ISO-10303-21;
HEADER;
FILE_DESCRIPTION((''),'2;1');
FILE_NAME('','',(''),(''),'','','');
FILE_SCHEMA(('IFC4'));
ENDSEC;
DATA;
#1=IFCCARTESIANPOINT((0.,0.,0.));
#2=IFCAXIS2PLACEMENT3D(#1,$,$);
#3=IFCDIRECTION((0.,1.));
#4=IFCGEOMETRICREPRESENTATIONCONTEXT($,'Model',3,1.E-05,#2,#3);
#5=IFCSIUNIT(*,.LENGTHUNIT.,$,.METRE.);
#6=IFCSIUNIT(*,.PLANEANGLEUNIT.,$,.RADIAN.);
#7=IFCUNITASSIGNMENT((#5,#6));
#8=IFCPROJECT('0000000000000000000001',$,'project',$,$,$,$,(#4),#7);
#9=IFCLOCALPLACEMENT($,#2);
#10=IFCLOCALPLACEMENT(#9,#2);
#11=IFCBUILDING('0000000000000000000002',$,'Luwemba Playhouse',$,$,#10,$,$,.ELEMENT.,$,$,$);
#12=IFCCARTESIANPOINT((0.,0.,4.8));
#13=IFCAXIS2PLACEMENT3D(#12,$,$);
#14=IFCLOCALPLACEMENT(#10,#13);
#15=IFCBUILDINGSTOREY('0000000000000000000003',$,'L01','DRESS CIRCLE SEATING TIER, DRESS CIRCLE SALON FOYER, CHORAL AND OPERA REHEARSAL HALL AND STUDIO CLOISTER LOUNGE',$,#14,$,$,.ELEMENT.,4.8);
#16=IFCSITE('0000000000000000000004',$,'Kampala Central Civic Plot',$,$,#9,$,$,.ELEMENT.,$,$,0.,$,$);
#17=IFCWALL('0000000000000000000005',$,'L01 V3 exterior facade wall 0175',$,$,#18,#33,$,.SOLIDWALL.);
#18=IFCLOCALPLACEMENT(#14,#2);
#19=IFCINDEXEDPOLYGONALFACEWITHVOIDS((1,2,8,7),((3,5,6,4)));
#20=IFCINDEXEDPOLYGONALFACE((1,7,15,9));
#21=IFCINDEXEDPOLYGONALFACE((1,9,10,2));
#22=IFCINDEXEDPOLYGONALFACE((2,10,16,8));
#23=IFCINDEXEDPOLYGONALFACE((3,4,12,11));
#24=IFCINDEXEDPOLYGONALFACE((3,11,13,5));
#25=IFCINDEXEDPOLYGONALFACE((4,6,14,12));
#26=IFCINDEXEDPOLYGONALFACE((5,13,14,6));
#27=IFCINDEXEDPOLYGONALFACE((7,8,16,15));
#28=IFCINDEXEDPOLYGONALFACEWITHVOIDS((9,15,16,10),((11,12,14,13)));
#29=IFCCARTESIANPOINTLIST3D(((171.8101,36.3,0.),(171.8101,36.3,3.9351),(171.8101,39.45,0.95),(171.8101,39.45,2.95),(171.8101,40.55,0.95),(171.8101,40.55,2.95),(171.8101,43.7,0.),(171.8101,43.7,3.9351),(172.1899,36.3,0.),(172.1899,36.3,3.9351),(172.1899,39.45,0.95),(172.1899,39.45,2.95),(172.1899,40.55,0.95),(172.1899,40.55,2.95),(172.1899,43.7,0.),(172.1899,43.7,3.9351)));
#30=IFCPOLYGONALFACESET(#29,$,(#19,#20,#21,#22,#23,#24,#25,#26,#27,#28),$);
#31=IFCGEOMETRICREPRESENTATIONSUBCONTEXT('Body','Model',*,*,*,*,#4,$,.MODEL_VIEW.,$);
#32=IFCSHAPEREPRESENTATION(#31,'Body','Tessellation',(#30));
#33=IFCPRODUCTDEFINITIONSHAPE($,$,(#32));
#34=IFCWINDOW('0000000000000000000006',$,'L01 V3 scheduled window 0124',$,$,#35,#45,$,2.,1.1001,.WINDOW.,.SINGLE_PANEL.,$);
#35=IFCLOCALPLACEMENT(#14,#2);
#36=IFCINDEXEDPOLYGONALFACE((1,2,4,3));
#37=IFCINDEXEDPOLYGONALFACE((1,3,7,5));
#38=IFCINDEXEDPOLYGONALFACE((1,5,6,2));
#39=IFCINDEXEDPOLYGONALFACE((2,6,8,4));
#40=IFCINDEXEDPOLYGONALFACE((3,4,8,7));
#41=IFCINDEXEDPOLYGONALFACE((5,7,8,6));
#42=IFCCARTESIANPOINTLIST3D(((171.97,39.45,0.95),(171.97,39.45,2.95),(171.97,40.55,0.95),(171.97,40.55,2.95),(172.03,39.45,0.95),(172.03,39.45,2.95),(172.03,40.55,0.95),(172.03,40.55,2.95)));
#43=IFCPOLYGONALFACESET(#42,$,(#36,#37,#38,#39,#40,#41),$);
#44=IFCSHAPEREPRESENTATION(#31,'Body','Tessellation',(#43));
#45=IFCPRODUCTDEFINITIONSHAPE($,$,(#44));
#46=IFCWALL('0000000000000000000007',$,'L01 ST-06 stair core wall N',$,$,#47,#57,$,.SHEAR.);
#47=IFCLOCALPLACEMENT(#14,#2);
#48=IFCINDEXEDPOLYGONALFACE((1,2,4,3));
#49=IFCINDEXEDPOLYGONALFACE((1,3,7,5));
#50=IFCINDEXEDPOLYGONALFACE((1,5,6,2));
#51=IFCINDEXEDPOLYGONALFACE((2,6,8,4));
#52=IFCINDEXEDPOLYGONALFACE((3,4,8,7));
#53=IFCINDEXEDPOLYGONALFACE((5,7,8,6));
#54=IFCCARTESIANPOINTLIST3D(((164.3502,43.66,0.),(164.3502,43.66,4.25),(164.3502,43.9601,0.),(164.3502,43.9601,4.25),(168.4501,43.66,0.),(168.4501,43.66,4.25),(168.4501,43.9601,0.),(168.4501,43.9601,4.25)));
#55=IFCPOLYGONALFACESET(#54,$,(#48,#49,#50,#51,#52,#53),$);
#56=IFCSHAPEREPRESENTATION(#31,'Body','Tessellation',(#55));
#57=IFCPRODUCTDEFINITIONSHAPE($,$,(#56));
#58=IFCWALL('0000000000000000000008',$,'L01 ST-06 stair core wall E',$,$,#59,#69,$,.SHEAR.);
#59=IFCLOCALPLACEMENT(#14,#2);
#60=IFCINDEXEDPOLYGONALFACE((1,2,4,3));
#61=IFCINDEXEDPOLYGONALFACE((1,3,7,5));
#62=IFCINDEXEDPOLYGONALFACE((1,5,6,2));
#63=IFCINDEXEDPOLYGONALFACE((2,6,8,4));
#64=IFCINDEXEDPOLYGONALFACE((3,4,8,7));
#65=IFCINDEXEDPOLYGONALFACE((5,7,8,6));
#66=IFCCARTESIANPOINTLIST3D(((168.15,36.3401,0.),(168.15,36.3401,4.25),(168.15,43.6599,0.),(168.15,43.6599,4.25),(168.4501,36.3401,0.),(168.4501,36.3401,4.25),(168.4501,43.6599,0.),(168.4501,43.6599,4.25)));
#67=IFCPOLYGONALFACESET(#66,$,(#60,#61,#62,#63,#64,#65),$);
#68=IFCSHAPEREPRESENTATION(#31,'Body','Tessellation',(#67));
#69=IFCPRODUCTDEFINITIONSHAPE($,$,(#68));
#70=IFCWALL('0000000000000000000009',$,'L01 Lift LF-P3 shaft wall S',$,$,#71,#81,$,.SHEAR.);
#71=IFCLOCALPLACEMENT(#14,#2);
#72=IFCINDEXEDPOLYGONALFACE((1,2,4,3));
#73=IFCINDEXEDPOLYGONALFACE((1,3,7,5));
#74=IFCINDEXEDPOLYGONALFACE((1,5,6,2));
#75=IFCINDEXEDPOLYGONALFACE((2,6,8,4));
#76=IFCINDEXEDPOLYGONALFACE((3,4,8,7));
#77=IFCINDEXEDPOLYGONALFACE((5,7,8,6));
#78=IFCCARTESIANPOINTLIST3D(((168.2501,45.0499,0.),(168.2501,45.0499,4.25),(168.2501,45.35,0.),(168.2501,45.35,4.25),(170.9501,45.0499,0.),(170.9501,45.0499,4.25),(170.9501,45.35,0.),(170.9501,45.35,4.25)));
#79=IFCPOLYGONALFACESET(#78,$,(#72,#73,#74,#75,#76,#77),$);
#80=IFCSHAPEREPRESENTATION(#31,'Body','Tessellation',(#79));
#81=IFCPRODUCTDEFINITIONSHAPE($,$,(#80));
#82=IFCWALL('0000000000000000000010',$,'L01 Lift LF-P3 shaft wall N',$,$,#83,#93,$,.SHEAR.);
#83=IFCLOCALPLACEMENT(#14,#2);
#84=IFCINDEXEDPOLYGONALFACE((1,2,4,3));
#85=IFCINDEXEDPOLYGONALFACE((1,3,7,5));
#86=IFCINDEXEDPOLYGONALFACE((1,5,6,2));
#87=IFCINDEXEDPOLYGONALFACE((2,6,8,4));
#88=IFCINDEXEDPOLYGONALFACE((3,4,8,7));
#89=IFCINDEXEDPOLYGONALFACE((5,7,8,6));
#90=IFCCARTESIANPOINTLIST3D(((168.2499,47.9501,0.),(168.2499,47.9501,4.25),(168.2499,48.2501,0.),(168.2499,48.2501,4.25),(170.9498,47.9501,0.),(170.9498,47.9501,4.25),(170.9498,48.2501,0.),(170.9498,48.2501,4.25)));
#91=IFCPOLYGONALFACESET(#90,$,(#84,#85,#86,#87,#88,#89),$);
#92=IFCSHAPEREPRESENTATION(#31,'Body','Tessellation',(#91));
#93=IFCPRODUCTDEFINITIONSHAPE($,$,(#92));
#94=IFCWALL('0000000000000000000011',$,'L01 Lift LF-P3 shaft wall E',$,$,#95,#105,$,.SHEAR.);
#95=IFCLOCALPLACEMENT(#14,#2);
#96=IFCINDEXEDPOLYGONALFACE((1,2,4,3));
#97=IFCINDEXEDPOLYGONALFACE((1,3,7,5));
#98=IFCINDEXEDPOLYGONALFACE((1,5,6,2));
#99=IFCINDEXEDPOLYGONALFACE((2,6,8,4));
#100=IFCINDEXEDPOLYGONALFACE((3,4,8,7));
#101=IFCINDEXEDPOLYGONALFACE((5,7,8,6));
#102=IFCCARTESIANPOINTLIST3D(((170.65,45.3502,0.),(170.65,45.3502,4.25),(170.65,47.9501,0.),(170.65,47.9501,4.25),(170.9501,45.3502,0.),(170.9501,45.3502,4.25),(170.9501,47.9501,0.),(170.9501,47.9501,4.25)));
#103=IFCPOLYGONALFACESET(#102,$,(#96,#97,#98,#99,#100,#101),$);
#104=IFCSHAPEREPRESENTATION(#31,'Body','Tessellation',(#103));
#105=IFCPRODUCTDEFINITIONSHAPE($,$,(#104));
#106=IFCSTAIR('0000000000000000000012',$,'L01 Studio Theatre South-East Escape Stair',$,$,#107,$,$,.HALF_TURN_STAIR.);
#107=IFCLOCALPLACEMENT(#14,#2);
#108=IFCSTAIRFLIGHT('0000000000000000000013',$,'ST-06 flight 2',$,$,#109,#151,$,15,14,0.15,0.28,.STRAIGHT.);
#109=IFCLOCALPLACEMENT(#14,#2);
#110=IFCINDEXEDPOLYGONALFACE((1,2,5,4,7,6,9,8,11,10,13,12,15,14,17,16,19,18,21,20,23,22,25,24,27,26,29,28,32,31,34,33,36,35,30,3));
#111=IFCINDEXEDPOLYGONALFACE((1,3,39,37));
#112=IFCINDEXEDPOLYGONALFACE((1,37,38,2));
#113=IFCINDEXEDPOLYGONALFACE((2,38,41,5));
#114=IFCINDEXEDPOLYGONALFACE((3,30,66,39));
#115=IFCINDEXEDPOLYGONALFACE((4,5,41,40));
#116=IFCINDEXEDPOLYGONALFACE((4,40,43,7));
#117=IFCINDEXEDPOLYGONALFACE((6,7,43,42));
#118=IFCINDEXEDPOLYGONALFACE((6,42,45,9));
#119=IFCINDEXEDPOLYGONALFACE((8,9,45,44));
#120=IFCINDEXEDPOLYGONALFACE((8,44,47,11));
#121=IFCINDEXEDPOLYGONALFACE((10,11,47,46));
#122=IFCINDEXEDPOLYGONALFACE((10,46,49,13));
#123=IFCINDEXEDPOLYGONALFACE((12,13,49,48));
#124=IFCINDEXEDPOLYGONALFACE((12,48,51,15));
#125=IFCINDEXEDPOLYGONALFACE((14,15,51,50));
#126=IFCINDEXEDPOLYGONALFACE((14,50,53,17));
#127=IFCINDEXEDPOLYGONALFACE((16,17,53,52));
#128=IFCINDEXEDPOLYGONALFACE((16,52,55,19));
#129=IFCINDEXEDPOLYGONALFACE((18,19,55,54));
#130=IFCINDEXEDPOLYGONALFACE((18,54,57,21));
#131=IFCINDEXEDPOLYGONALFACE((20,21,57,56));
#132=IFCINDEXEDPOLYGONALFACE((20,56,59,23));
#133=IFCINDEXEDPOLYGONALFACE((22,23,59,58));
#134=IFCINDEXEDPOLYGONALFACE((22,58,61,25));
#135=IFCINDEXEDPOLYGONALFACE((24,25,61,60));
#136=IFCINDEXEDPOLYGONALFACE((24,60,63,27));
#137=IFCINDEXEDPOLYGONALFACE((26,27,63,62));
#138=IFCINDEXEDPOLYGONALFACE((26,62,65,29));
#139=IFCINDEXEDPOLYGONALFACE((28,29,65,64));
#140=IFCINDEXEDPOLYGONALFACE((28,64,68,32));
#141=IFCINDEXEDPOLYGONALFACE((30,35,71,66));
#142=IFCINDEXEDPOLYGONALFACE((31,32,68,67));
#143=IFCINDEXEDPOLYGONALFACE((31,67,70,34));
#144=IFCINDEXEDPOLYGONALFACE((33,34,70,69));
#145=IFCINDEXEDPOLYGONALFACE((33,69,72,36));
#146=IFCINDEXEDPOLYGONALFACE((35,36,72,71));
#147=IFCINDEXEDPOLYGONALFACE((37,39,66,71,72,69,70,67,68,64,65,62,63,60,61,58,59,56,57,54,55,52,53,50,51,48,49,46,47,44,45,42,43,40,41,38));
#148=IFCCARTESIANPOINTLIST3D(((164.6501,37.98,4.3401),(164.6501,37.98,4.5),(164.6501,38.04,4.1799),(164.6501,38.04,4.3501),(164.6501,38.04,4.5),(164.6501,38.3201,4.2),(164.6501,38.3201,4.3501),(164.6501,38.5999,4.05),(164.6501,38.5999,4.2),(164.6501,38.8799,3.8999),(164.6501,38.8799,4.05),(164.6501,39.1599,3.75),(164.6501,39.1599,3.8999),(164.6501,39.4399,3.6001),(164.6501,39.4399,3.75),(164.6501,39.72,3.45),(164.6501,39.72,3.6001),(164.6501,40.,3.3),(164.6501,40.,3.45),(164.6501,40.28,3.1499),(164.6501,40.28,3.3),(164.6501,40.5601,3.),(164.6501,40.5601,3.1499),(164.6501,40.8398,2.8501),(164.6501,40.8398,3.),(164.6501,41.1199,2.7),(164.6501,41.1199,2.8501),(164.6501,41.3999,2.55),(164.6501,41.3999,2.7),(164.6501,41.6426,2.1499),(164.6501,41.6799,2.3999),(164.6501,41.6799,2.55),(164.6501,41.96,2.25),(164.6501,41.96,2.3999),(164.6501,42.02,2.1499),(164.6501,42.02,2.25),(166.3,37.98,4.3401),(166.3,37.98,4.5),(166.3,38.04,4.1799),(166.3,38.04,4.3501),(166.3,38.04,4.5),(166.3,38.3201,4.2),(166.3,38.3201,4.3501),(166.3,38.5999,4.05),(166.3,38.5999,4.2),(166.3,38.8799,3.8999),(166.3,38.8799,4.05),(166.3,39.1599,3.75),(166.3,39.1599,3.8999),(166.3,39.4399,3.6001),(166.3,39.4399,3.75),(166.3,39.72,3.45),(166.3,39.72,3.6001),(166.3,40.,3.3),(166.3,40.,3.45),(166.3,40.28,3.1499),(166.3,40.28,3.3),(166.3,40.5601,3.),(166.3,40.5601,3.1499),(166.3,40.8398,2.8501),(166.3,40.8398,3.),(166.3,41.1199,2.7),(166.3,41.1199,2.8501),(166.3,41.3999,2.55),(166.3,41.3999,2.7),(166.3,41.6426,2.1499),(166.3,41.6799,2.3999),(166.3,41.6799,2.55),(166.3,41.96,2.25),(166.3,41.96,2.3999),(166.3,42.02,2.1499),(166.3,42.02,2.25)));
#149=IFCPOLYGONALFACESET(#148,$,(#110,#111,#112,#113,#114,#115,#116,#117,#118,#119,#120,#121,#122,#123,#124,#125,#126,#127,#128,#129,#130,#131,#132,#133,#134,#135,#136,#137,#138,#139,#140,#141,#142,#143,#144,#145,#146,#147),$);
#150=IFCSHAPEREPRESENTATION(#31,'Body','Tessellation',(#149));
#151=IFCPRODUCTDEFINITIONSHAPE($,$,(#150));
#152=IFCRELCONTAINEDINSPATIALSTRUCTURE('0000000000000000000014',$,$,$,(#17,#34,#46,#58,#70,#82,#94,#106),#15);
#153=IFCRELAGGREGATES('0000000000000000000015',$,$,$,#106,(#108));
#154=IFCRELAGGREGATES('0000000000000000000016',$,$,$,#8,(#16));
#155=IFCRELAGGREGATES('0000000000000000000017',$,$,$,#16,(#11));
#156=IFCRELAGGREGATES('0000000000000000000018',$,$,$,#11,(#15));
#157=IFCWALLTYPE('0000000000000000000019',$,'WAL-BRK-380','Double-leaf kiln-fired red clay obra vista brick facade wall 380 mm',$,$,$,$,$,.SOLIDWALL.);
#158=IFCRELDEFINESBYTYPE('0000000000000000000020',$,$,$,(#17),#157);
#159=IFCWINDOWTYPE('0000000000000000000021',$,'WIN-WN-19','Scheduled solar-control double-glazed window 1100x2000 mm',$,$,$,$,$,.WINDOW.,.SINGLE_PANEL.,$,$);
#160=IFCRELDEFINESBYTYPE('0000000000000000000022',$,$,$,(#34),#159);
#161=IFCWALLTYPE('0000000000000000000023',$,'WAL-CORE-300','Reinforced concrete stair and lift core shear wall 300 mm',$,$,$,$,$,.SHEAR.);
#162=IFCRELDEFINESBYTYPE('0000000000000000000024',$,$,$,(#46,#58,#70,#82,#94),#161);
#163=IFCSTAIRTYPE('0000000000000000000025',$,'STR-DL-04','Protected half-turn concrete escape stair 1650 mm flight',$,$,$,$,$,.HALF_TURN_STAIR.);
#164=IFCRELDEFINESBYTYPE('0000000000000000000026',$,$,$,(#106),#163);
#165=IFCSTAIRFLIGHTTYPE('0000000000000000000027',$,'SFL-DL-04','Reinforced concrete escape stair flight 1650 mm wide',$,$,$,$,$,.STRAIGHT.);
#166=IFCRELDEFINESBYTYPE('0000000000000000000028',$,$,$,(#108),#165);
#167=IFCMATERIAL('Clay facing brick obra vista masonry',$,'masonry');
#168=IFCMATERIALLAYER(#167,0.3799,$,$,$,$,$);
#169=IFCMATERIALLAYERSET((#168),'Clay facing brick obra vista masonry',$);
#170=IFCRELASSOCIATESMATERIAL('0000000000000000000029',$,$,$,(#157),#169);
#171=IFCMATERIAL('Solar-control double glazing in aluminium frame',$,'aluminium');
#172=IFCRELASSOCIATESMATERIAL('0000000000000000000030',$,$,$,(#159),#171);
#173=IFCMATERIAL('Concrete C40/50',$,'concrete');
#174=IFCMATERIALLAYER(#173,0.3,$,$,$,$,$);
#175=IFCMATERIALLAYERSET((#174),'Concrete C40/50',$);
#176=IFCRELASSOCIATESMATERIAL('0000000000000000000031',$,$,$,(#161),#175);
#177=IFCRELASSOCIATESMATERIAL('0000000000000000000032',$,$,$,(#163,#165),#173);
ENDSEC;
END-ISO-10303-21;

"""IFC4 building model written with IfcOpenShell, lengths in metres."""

from ifc_helpers import new_model, si_unit, direction, frame, frame_2d, origin, place, context, subcontext, project, spatial, polyline, rectangle, outline, extrude, material, layer, layer_set, type_object, element, fill, aggregate, save


model = new_model("IFC4")

# Units and contexts
model_context = context("Model", 3, precision=1e-05, world=origin(), true_north=direction((0.0, 1.0)))
body_context = subcontext(model_context, "Body", "Model", "MODEL_VIEW")
ifc_project = project(units=[si_unit("LENGTHUNIT", "METRE"), si_unit("PLANEANGLEUNIT", "RADIAN")], contexts=[model_context])

# Site, building, storey
site_placement = place(None, origin())
site = spatial("IfcSite", under=ifc_project, at=site_placement, Name="Kampala Central Civic Plot", CompositionType="ELEMENT", RefElevation=0.0)
building_placement = place(site_placement, origin())
building = spatial("IfcBuilding", under=site, at=building_placement, Name="Luwemba Playhouse", CompositionType="ELEMENT")
storey_placement = place(building_placement, frame((0.0, 0.0, 4.8)))
storey = spatial("IfcBuildingStorey", under=building, at=storey_placement, Name="L01", Description="DRESS CIRCLE SEATING TIER, DRESS CIRCLE SALON FOYER, CHORAL AND OPERA REHEARSAL HALL AND STUDIO CLOISTER LOUNGE", CompositionType="ELEMENT", Elevation=4.8)

# Shared definitions
ifc_material_1 = material(Name="Concrete C40/50", Category="concrete")

# Wall, opening, window
ifc_material_2 = material(Name="Clay facing brick obra vista masonry", Category="masonry")
ifc_layer_1 = layer(ifc_material_2, 0.3799)
ifc_layer_set_1 = layer_set([ifc_layer_1], Name="Clay facing brick obra vista masonry")
wall_type_1 = type_object("IfcWallType", Name="WAL-BRK-380", Description="Double-leaf kiln-fired red clay obra vista brick facade wall 380 mm", PredefinedType="SOLIDWALL", material=ifc_layer_set_1)
wall_1_placement = place(storey_placement, frame((172.0, 43.7, 0.0), z_axis=(0.0, 0.0, 1.0), x_axis=(0.0, -1.0, 0.0)))
wall_1 = element("IfcWall", 1, at=wall_1_placement, inside=storey, type_object=wall_type_1, Name="L01 V3 exterior facade wall 0175", PredefinedType="SOLIDWALL", context=body_context, shape_type="SweptSolid", body=[
    extrude(rectangle(XDim=7.3999, YDim=0.3799, at=frame_2d((3.7, 0.0))), origin(), (0.0, 0.0, 1.0), 3.9351),
])
opening_1_placement = place(wall_1_placement, frame((3.1499, 0.0, 0.95)))
opening_1 = element("IfcOpeningElement", 2, at=opening_1_placement, cuts=wall_1, PredefinedType="OPENING", context=body_context, shape_type="SweptSolid", body=[
    extrude(rectangle(XDim=1.1001, YDim=2.0, at=frame_2d((0.55, 1.0))), frame((0.0, 0.2, 0.0), z_axis=(0.0, -1.0, 0.0), x_axis=(1.0, 0.0, 0.0)), (0.0, 0.0, 1.0), 0.3999),
])
ifc_material_3 = material(Name="Solar-control double glazing in aluminium frame", Category="aluminium")
window_type = type_object("IfcWindowType", Name="WIN-WN-19", Description="Scheduled solar-control double-glazed window 1100x2000 mm", PartitioningType="SINGLE_PANEL", PredefinedType="WINDOW", material=ifc_material_3)
window_placement = place(opening_1_placement, origin())
window = element("IfcWindow", 3, at=window_placement, inside=storey, type_object=window_type, Name="L01 V3 scheduled window 0124", OverallHeight=2.0, OverallWidth=1.1001, PartitioningType="SINGLE_PANEL", PredefinedType="WINDOW", context=body_context, shape_type="SweptSolid", body=[
    extrude(rectangle(XDim=1.1001, YDim=2.0, at=frame_2d((0.55, 1.0))), frame((0.0, 0.03, 0.0), z_axis=(0.0, -1.0, 0.0), x_axis=(1.0, 0.0, 0.0)), (0.0, 0.0, 1.0), 0.0601),
])
fill(opening_1, window)

# Wall
ifc_layer_2 = layer(ifc_material_1, 0.3)
ifc_layer_set_2 = layer_set([ifc_layer_2], Name="Concrete C40/50")
wall_type_2 = type_object("IfcWallType", Name="WAL-CORE-300", Description="Reinforced concrete stair and lift core shear wall 300 mm", PredefinedType="SHEAR", material=ifc_layer_set_2)
wall_2_placement = place(storey_placement, frame((168.45, 43.8101, 0.0), z_axis=(0.0, 0.0, 1.0), x_axis=(-1.0, 0.0, 0.0)))
element("IfcWall", 4, at=wall_2_placement, inside=storey, type_object=wall_type_2, Name="L01 ST-06 stair core wall N", PredefinedType="SHEAR", context=body_context, shape_type="SweptSolid", body=[
    extrude(rectangle(XDim=4.0999, YDim=0.3, at=frame_2d((2.0498, 0.0))), origin(), (0.0, 0.0, 1.0), 4.25),
])

# Walls
wall_3_placement = place(storey_placement, frame((168.3, 43.6599, 0.0), z_axis=(0.0, 0.0, 1.0), x_axis=(0.0, -1.0, 0.0)))
element("IfcWall", 5, at=wall_3_placement, inside=storey, type_object=wall_type_2, Name="L01 ST-06 stair core wall E", PredefinedType="SHEAR", context=body_context, shape_type="SweptSolid", body=[
    extrude(rectangle(XDim=7.3198, YDim=0.3, at=frame_2d((3.6599, 0.0))), origin(), (0.0, 0.0, 1.0), 4.25),
])
for number, where, z_axis, x_axis, name in (
    (6, (168.25, 45.2, 0.0), (0.0, 0.0, 1.0), (1.0, 0.0, 0.0), "L01 Lift LF-P3 shaft wall S"),
    (7, (170.95, 48.1001, 0.0), (0.0, 0.0, 1.0), (-1.0, 0.0, 0.0), "L01 Lift LF-P3 shaft wall N"),
):
    element("IfcWall", number, at=place(storey_placement, frame(where, z_axis=z_axis, x_axis=x_axis)), inside=storey, type_object=wall_type_2, Name=name, PredefinedType="SHEAR", context=body_context, shape_type="SweptSolid", body=[
        extrude(rectangle(XDim=2.7, YDim=0.3, at=frame_2d((1.3501, 0.0))), origin(), (0.0, 0.0, 1.0), 4.25),
    ])

# Wall
wall_4_placement = place(storey_placement, frame((170.8, 47.95, 0.0), z_axis=(0.0, 0.0, 1.0), x_axis=(0.0, -1.0, 0.0)))
element("IfcWall", 8, at=wall_4_placement, inside=storey, type_object=wall_type_2, Name="L01 Lift LF-P3 shaft wall E", PredefinedType="SHEAR", context=body_context, shape_type="SweptSolid", body=[
    extrude(rectangle(XDim=2.5999, YDim=0.3, at=frame_2d((1.2998, 0.0))), origin(), (0.0, 0.0, 1.0), 4.25),
])

# Stair, stair flight
stair_type = type_object("IfcStairType", Name="STR-DL-04", Description="Protected half-turn concrete escape stair 1650 mm flight", PredefinedType="HALF_TURN_STAIR", material=ifc_material_1)
stair_placement = place(storey_placement, origin())
stair = element("IfcStair", 9, at=stair_placement, inside=storey, type_object=stair_type, Name="L01 Studio Theatre South-East Escape Stair", PredefinedType="HALF_TURN_STAIR")
stair_flight_type = type_object("IfcStairFlightType", Name="SFL-DL-04", Description="Reinforced concrete escape stair flight 1650 mm wide", PredefinedType="STRAIGHT", material=ifc_material_1)
stair_flight_placement = place(storey_placement, frame((165.4751, 41.96, 2.25), z_axis=(0.0, 0.0, 1.0), x_axis=(0.0, -1.0, 0.0)))
stair_flight = element("IfcStairFlight", 10, at=stair_flight_placement, type_object=stair_flight_type, Name="ST-06 flight 2", NumberOfRisers=15, NumberOfTreads=14, PredefinedType="STRAIGHT", RiserHeight=0.15, TreadLength=0.28, context=body_context, shape_type="SweptSolid", body=[
    extrude(outline(polyline([(-0.0601, -0.1001), (-0.0601, 0.0), (0.0, 0.0), (0.0, 0.1499), (0.28, 0.1499), (0.28, 0.3), (0.5601, 0.3), (0.5601, 0.45), (0.8401, 0.45), (0.8401, 0.6001), (1.1201, 0.6001), (1.1201, 0.75), (1.3999, 0.75), (1.3999, 0.8999), (1.6799, 0.8999), (1.6799, 1.05), (1.96, 1.05), (1.96, 1.2), (2.24, 1.2), (2.24, 1.3501), (2.52, 1.3501), (2.52, 1.5), (2.8, 1.5), (2.8, 1.6499), (3.0801, 1.6499), (3.0801, 1.8), (3.3601, 1.8), (3.3601, 1.95), (3.6399, 1.95), (3.6399, 2.1001), (3.9199, 2.1001), (3.9199, 2.25), (3.98, 2.25), (3.98, 2.0901), (3.9199, 1.9299), (0.3174, -0.1001), (-0.0601, -0.1001)])), frame((0.0, 0.825, 0.0), z_axis=(0.0, -1.0, 0.0), x_axis=(1.0, 0.0, 0.0)), (0.0, 0.0, 1.0), 1.6499),
])
aggregate(stair, [stair_flight])

save(model, "model.ifc")
